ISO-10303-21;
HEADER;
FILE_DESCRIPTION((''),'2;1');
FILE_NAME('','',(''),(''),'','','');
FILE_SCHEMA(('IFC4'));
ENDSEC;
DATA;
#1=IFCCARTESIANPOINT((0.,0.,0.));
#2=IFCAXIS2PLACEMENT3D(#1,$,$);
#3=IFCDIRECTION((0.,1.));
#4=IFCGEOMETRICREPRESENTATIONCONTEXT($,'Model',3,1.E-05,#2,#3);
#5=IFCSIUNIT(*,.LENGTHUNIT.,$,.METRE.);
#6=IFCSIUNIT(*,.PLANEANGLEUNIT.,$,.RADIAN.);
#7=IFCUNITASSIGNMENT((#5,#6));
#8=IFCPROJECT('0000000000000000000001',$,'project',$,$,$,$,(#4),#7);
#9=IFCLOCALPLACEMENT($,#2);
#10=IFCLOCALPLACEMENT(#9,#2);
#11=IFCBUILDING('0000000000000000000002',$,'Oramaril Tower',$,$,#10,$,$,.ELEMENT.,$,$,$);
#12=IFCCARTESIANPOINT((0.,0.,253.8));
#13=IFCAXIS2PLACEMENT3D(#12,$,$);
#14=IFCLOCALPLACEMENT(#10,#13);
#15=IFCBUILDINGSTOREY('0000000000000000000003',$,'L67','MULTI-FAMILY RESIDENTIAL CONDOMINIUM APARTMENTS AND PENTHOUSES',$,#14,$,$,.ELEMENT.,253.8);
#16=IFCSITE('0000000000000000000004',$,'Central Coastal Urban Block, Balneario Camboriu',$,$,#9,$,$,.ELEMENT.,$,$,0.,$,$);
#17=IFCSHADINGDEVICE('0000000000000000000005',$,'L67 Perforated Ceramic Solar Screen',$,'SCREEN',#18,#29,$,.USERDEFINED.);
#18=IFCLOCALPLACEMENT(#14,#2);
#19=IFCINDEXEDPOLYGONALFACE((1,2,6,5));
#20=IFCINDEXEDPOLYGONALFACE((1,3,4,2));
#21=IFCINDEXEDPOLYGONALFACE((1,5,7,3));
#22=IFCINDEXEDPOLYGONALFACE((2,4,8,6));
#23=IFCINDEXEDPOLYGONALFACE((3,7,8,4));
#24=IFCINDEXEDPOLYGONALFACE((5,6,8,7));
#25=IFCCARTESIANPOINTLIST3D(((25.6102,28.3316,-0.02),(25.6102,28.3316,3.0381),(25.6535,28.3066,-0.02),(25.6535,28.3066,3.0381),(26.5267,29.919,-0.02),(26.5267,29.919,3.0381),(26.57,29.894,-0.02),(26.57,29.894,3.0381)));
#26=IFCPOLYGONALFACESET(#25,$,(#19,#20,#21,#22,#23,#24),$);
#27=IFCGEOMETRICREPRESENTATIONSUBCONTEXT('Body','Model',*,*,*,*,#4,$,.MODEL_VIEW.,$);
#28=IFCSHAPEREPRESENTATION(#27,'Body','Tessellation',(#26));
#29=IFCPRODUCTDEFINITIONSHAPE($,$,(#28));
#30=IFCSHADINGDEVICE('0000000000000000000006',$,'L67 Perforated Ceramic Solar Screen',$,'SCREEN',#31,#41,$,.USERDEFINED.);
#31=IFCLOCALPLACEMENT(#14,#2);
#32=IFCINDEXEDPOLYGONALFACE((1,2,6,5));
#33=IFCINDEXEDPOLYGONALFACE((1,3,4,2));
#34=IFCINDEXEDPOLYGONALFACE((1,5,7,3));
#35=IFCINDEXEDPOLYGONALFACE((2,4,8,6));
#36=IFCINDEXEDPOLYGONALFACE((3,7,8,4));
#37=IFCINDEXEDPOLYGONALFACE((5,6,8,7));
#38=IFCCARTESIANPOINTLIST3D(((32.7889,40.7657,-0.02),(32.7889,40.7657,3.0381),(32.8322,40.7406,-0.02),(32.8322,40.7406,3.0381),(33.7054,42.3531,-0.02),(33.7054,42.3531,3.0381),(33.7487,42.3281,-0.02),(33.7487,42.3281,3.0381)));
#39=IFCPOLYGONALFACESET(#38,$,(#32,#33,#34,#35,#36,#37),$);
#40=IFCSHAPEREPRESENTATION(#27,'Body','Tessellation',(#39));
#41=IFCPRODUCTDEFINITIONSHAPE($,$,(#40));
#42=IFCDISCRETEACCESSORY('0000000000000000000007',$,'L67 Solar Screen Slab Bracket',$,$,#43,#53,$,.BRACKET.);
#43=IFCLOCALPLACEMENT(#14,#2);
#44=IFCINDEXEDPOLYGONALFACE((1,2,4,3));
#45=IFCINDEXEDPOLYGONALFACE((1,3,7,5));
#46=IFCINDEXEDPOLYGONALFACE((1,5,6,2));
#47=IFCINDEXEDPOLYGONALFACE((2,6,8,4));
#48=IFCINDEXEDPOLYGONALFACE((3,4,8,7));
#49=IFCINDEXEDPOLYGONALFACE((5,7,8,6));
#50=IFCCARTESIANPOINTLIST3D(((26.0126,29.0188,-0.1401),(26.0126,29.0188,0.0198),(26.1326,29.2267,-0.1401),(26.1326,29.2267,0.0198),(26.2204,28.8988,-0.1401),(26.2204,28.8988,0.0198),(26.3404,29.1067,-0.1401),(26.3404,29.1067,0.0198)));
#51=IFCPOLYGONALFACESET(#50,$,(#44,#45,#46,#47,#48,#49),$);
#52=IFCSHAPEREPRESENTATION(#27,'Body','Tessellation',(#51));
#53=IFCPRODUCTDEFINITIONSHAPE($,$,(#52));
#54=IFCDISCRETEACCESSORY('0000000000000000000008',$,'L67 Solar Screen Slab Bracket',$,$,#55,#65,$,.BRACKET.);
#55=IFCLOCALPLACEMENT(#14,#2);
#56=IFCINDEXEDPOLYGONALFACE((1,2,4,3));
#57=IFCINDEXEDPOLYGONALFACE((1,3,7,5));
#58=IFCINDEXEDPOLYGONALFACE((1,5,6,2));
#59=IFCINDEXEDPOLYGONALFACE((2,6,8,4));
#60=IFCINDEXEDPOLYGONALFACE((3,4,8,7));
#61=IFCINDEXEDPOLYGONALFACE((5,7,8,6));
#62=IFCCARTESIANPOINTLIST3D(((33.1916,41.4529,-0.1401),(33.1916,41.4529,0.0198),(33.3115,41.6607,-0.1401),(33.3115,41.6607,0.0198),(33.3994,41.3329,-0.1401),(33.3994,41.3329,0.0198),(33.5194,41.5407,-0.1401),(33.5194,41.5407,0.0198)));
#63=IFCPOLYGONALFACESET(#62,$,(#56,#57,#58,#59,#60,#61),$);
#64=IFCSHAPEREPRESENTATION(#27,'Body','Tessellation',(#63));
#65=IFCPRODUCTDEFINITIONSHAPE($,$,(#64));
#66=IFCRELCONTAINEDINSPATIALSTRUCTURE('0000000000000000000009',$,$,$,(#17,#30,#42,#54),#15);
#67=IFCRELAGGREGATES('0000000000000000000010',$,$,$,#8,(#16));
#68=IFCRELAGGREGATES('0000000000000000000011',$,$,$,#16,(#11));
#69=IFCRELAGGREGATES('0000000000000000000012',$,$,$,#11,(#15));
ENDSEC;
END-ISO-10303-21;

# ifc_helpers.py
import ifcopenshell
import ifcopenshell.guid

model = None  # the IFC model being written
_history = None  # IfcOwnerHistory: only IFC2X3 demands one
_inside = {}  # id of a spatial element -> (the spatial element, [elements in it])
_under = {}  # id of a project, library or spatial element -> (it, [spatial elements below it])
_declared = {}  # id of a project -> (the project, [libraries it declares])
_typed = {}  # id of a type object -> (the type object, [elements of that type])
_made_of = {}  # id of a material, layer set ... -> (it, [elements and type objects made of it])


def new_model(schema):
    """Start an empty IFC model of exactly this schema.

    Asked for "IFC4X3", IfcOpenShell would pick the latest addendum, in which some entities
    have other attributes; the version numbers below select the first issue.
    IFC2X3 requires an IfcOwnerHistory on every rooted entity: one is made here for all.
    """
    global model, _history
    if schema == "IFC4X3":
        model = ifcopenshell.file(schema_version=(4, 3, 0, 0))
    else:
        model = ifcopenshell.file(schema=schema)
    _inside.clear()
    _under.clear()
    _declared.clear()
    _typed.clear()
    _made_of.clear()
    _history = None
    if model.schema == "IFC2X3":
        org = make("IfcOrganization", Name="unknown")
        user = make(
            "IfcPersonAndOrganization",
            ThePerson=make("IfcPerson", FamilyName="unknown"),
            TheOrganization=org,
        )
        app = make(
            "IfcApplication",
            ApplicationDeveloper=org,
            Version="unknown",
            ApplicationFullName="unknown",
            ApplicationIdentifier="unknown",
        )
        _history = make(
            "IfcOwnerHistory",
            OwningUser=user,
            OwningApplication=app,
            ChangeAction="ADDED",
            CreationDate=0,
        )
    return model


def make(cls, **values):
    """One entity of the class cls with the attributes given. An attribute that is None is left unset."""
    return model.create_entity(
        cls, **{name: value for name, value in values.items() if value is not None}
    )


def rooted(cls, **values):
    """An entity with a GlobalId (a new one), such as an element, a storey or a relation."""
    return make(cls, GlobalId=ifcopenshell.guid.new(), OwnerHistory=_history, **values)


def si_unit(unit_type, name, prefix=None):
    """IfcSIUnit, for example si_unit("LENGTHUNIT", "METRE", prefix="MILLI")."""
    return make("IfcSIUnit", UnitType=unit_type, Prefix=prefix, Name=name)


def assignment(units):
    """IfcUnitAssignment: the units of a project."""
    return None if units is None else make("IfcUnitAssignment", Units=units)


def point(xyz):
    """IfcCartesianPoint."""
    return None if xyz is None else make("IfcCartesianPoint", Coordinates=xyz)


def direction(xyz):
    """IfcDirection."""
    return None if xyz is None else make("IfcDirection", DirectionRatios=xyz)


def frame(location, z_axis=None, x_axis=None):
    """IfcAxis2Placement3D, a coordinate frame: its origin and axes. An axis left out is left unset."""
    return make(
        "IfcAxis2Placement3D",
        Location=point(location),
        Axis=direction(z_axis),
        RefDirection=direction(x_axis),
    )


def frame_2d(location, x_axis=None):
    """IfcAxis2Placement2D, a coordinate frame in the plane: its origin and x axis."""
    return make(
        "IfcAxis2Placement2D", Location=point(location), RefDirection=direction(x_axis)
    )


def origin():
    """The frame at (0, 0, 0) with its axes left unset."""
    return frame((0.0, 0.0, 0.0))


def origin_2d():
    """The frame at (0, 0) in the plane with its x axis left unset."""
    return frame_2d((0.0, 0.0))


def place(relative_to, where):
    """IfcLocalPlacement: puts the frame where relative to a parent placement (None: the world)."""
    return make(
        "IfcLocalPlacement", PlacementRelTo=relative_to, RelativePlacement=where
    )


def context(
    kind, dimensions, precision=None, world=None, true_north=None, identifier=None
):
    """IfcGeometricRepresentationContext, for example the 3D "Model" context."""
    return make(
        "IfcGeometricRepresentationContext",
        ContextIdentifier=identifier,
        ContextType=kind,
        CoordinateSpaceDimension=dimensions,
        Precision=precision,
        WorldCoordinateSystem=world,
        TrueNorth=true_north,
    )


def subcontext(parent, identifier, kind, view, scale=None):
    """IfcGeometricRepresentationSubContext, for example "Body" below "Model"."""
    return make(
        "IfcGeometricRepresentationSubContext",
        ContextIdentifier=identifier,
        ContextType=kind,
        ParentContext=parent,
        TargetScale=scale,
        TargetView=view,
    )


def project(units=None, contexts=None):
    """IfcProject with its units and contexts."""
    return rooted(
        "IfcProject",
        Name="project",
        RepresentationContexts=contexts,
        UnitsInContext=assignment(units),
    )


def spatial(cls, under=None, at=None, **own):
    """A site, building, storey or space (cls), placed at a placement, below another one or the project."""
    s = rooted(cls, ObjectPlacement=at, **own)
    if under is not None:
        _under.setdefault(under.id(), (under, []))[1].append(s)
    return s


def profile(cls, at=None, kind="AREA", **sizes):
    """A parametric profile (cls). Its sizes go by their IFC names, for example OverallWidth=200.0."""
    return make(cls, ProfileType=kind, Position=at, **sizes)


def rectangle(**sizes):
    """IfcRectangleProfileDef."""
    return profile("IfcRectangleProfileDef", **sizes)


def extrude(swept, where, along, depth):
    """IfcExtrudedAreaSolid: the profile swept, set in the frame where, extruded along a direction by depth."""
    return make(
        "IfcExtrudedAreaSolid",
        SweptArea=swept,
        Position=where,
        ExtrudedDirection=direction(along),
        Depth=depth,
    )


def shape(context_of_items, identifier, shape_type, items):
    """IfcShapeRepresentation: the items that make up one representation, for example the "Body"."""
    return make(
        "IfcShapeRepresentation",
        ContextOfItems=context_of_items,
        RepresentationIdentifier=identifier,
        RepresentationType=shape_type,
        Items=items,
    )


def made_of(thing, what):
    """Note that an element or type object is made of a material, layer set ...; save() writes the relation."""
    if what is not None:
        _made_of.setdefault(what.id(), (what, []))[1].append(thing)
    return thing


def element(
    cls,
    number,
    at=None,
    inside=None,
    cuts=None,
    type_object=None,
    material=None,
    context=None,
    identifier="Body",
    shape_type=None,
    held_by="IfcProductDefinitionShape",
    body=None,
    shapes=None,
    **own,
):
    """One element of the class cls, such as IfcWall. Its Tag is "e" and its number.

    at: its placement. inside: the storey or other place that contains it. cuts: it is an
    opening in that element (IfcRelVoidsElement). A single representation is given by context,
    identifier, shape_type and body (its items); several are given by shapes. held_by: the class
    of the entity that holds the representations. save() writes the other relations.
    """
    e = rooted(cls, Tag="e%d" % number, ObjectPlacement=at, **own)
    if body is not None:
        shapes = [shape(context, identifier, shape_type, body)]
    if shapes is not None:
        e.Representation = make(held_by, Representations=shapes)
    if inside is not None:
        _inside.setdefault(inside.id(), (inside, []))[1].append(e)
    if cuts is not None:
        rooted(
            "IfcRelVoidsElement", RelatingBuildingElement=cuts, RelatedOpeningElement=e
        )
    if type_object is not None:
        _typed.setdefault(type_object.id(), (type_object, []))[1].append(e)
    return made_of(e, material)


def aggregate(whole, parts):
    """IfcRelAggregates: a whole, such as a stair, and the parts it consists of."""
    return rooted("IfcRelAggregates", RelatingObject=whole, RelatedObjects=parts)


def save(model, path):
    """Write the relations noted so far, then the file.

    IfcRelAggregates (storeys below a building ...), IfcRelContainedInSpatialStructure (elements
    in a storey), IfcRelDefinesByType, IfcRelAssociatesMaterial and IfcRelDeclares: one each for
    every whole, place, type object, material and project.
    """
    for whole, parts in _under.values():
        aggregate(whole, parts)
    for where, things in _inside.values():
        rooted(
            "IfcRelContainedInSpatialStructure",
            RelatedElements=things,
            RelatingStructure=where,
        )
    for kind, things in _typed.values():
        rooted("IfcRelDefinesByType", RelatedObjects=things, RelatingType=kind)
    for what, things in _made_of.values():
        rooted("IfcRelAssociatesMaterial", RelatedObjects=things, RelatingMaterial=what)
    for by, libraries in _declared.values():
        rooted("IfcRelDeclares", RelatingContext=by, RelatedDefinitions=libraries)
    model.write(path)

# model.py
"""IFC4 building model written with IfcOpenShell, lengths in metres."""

from ifc_helpers import new_model, si_unit, direction, frame, origin, origin_2d, place, context, subcontext, project, spatial, rectangle, extrude, element, save


model = new_model("IFC4")

# Units and contexts
model_context = context("Model", 3, precision=1e-05, world=origin(), true_north=direction((0.0, 1.0)))
body_context = subcontext(model_context, "Body", "Model", "MODEL_VIEW")
ifc_project = project(units=[si_unit("LENGTHUNIT", "METRE"), si_unit("PLANEANGLEUNIT", "RADIAN")], contexts=[model_context])

# Site, building, storey
site_placement = place(None, origin())
site = spatial("IfcSite", under=ifc_project, at=site_placement, Name="Central Coastal Urban Block, Balneario Camboriu", CompositionType="ELEMENT", RefElevation=0.0)
building_placement = place(site_placement, origin())
building = spatial("IfcBuilding", under=site, at=building_placement, Name="Oramaril Tower", CompositionType="ELEMENT")
storey_placement = place(building_placement, frame((0.0, 0.0, 253.8)))
storey = spatial("IfcBuildingStorey", under=building, at=storey_placement, Name="L67", Description="MULTI-FAMILY RESIDENTIAL CONDOMINIUM APARTMENTS AND PENTHOUSES", CompositionType="ELEMENT", Elevation=253.8)

# Shading devices
for number, where, z_axis, x_axis, name in (
    (1, (26.0901, 29.1128, -0.02), (0.0, 0.0, 1.0), (-0.500002, -0.866025, 0.0), "L67 Perforated Ceramic Solar Screen"),
    (2, (33.2688, 41.5469, -0.02), (0.0, 0.0, 1.0), (-0.500002, -0.866025, 0.0), "L67 Perforated Ceramic Solar Screen"),
):
    element("IfcShadingDevice", number, at=place(storey_placement, frame(where, z_axis=z_axis, x_axis=x_axis)), inside=storey, Name=name, ObjectType="SCREEN", PredefinedType="USERDEFINED", context=body_context, shape_type="SweptSolid", body=[
        extrude(rectangle(XDim=1.833, YDim=0.05, at=origin_2d()), origin(), (0.0, 0.0, 1.0), 3.0581),
    ])

# Discrete accessories
for number, where, z_axis, x_axis, name in (
    (3, (26.1765, 29.0627, -0.1401), (0.0, 0.0, 1.0), (-0.500002, -0.866025, 0.0), "L67 Solar Screen Slab Bracket"),
    (4, (33.3555, 41.4968, -0.1401), (0.0, 0.0, 1.0), (-0.500002, -0.866025, 0.0), "L67 Solar Screen Slab Bracket"),
):
    element("IfcDiscreteAccessory", number, at=place(storey_placement, frame(where, z_axis=z_axis, x_axis=x_axis)), inside=storey, Name=name, PredefinedType="BRACKET", context=body_context, shape_type="SweptSolid", body=[
        extrude(rectangle(XDim=0.24, YDim=0.24, at=origin_2d()), origin(), (0.0, 0.0, 1.0), 0.1599),
    ])

save(model, "model.ifc")
